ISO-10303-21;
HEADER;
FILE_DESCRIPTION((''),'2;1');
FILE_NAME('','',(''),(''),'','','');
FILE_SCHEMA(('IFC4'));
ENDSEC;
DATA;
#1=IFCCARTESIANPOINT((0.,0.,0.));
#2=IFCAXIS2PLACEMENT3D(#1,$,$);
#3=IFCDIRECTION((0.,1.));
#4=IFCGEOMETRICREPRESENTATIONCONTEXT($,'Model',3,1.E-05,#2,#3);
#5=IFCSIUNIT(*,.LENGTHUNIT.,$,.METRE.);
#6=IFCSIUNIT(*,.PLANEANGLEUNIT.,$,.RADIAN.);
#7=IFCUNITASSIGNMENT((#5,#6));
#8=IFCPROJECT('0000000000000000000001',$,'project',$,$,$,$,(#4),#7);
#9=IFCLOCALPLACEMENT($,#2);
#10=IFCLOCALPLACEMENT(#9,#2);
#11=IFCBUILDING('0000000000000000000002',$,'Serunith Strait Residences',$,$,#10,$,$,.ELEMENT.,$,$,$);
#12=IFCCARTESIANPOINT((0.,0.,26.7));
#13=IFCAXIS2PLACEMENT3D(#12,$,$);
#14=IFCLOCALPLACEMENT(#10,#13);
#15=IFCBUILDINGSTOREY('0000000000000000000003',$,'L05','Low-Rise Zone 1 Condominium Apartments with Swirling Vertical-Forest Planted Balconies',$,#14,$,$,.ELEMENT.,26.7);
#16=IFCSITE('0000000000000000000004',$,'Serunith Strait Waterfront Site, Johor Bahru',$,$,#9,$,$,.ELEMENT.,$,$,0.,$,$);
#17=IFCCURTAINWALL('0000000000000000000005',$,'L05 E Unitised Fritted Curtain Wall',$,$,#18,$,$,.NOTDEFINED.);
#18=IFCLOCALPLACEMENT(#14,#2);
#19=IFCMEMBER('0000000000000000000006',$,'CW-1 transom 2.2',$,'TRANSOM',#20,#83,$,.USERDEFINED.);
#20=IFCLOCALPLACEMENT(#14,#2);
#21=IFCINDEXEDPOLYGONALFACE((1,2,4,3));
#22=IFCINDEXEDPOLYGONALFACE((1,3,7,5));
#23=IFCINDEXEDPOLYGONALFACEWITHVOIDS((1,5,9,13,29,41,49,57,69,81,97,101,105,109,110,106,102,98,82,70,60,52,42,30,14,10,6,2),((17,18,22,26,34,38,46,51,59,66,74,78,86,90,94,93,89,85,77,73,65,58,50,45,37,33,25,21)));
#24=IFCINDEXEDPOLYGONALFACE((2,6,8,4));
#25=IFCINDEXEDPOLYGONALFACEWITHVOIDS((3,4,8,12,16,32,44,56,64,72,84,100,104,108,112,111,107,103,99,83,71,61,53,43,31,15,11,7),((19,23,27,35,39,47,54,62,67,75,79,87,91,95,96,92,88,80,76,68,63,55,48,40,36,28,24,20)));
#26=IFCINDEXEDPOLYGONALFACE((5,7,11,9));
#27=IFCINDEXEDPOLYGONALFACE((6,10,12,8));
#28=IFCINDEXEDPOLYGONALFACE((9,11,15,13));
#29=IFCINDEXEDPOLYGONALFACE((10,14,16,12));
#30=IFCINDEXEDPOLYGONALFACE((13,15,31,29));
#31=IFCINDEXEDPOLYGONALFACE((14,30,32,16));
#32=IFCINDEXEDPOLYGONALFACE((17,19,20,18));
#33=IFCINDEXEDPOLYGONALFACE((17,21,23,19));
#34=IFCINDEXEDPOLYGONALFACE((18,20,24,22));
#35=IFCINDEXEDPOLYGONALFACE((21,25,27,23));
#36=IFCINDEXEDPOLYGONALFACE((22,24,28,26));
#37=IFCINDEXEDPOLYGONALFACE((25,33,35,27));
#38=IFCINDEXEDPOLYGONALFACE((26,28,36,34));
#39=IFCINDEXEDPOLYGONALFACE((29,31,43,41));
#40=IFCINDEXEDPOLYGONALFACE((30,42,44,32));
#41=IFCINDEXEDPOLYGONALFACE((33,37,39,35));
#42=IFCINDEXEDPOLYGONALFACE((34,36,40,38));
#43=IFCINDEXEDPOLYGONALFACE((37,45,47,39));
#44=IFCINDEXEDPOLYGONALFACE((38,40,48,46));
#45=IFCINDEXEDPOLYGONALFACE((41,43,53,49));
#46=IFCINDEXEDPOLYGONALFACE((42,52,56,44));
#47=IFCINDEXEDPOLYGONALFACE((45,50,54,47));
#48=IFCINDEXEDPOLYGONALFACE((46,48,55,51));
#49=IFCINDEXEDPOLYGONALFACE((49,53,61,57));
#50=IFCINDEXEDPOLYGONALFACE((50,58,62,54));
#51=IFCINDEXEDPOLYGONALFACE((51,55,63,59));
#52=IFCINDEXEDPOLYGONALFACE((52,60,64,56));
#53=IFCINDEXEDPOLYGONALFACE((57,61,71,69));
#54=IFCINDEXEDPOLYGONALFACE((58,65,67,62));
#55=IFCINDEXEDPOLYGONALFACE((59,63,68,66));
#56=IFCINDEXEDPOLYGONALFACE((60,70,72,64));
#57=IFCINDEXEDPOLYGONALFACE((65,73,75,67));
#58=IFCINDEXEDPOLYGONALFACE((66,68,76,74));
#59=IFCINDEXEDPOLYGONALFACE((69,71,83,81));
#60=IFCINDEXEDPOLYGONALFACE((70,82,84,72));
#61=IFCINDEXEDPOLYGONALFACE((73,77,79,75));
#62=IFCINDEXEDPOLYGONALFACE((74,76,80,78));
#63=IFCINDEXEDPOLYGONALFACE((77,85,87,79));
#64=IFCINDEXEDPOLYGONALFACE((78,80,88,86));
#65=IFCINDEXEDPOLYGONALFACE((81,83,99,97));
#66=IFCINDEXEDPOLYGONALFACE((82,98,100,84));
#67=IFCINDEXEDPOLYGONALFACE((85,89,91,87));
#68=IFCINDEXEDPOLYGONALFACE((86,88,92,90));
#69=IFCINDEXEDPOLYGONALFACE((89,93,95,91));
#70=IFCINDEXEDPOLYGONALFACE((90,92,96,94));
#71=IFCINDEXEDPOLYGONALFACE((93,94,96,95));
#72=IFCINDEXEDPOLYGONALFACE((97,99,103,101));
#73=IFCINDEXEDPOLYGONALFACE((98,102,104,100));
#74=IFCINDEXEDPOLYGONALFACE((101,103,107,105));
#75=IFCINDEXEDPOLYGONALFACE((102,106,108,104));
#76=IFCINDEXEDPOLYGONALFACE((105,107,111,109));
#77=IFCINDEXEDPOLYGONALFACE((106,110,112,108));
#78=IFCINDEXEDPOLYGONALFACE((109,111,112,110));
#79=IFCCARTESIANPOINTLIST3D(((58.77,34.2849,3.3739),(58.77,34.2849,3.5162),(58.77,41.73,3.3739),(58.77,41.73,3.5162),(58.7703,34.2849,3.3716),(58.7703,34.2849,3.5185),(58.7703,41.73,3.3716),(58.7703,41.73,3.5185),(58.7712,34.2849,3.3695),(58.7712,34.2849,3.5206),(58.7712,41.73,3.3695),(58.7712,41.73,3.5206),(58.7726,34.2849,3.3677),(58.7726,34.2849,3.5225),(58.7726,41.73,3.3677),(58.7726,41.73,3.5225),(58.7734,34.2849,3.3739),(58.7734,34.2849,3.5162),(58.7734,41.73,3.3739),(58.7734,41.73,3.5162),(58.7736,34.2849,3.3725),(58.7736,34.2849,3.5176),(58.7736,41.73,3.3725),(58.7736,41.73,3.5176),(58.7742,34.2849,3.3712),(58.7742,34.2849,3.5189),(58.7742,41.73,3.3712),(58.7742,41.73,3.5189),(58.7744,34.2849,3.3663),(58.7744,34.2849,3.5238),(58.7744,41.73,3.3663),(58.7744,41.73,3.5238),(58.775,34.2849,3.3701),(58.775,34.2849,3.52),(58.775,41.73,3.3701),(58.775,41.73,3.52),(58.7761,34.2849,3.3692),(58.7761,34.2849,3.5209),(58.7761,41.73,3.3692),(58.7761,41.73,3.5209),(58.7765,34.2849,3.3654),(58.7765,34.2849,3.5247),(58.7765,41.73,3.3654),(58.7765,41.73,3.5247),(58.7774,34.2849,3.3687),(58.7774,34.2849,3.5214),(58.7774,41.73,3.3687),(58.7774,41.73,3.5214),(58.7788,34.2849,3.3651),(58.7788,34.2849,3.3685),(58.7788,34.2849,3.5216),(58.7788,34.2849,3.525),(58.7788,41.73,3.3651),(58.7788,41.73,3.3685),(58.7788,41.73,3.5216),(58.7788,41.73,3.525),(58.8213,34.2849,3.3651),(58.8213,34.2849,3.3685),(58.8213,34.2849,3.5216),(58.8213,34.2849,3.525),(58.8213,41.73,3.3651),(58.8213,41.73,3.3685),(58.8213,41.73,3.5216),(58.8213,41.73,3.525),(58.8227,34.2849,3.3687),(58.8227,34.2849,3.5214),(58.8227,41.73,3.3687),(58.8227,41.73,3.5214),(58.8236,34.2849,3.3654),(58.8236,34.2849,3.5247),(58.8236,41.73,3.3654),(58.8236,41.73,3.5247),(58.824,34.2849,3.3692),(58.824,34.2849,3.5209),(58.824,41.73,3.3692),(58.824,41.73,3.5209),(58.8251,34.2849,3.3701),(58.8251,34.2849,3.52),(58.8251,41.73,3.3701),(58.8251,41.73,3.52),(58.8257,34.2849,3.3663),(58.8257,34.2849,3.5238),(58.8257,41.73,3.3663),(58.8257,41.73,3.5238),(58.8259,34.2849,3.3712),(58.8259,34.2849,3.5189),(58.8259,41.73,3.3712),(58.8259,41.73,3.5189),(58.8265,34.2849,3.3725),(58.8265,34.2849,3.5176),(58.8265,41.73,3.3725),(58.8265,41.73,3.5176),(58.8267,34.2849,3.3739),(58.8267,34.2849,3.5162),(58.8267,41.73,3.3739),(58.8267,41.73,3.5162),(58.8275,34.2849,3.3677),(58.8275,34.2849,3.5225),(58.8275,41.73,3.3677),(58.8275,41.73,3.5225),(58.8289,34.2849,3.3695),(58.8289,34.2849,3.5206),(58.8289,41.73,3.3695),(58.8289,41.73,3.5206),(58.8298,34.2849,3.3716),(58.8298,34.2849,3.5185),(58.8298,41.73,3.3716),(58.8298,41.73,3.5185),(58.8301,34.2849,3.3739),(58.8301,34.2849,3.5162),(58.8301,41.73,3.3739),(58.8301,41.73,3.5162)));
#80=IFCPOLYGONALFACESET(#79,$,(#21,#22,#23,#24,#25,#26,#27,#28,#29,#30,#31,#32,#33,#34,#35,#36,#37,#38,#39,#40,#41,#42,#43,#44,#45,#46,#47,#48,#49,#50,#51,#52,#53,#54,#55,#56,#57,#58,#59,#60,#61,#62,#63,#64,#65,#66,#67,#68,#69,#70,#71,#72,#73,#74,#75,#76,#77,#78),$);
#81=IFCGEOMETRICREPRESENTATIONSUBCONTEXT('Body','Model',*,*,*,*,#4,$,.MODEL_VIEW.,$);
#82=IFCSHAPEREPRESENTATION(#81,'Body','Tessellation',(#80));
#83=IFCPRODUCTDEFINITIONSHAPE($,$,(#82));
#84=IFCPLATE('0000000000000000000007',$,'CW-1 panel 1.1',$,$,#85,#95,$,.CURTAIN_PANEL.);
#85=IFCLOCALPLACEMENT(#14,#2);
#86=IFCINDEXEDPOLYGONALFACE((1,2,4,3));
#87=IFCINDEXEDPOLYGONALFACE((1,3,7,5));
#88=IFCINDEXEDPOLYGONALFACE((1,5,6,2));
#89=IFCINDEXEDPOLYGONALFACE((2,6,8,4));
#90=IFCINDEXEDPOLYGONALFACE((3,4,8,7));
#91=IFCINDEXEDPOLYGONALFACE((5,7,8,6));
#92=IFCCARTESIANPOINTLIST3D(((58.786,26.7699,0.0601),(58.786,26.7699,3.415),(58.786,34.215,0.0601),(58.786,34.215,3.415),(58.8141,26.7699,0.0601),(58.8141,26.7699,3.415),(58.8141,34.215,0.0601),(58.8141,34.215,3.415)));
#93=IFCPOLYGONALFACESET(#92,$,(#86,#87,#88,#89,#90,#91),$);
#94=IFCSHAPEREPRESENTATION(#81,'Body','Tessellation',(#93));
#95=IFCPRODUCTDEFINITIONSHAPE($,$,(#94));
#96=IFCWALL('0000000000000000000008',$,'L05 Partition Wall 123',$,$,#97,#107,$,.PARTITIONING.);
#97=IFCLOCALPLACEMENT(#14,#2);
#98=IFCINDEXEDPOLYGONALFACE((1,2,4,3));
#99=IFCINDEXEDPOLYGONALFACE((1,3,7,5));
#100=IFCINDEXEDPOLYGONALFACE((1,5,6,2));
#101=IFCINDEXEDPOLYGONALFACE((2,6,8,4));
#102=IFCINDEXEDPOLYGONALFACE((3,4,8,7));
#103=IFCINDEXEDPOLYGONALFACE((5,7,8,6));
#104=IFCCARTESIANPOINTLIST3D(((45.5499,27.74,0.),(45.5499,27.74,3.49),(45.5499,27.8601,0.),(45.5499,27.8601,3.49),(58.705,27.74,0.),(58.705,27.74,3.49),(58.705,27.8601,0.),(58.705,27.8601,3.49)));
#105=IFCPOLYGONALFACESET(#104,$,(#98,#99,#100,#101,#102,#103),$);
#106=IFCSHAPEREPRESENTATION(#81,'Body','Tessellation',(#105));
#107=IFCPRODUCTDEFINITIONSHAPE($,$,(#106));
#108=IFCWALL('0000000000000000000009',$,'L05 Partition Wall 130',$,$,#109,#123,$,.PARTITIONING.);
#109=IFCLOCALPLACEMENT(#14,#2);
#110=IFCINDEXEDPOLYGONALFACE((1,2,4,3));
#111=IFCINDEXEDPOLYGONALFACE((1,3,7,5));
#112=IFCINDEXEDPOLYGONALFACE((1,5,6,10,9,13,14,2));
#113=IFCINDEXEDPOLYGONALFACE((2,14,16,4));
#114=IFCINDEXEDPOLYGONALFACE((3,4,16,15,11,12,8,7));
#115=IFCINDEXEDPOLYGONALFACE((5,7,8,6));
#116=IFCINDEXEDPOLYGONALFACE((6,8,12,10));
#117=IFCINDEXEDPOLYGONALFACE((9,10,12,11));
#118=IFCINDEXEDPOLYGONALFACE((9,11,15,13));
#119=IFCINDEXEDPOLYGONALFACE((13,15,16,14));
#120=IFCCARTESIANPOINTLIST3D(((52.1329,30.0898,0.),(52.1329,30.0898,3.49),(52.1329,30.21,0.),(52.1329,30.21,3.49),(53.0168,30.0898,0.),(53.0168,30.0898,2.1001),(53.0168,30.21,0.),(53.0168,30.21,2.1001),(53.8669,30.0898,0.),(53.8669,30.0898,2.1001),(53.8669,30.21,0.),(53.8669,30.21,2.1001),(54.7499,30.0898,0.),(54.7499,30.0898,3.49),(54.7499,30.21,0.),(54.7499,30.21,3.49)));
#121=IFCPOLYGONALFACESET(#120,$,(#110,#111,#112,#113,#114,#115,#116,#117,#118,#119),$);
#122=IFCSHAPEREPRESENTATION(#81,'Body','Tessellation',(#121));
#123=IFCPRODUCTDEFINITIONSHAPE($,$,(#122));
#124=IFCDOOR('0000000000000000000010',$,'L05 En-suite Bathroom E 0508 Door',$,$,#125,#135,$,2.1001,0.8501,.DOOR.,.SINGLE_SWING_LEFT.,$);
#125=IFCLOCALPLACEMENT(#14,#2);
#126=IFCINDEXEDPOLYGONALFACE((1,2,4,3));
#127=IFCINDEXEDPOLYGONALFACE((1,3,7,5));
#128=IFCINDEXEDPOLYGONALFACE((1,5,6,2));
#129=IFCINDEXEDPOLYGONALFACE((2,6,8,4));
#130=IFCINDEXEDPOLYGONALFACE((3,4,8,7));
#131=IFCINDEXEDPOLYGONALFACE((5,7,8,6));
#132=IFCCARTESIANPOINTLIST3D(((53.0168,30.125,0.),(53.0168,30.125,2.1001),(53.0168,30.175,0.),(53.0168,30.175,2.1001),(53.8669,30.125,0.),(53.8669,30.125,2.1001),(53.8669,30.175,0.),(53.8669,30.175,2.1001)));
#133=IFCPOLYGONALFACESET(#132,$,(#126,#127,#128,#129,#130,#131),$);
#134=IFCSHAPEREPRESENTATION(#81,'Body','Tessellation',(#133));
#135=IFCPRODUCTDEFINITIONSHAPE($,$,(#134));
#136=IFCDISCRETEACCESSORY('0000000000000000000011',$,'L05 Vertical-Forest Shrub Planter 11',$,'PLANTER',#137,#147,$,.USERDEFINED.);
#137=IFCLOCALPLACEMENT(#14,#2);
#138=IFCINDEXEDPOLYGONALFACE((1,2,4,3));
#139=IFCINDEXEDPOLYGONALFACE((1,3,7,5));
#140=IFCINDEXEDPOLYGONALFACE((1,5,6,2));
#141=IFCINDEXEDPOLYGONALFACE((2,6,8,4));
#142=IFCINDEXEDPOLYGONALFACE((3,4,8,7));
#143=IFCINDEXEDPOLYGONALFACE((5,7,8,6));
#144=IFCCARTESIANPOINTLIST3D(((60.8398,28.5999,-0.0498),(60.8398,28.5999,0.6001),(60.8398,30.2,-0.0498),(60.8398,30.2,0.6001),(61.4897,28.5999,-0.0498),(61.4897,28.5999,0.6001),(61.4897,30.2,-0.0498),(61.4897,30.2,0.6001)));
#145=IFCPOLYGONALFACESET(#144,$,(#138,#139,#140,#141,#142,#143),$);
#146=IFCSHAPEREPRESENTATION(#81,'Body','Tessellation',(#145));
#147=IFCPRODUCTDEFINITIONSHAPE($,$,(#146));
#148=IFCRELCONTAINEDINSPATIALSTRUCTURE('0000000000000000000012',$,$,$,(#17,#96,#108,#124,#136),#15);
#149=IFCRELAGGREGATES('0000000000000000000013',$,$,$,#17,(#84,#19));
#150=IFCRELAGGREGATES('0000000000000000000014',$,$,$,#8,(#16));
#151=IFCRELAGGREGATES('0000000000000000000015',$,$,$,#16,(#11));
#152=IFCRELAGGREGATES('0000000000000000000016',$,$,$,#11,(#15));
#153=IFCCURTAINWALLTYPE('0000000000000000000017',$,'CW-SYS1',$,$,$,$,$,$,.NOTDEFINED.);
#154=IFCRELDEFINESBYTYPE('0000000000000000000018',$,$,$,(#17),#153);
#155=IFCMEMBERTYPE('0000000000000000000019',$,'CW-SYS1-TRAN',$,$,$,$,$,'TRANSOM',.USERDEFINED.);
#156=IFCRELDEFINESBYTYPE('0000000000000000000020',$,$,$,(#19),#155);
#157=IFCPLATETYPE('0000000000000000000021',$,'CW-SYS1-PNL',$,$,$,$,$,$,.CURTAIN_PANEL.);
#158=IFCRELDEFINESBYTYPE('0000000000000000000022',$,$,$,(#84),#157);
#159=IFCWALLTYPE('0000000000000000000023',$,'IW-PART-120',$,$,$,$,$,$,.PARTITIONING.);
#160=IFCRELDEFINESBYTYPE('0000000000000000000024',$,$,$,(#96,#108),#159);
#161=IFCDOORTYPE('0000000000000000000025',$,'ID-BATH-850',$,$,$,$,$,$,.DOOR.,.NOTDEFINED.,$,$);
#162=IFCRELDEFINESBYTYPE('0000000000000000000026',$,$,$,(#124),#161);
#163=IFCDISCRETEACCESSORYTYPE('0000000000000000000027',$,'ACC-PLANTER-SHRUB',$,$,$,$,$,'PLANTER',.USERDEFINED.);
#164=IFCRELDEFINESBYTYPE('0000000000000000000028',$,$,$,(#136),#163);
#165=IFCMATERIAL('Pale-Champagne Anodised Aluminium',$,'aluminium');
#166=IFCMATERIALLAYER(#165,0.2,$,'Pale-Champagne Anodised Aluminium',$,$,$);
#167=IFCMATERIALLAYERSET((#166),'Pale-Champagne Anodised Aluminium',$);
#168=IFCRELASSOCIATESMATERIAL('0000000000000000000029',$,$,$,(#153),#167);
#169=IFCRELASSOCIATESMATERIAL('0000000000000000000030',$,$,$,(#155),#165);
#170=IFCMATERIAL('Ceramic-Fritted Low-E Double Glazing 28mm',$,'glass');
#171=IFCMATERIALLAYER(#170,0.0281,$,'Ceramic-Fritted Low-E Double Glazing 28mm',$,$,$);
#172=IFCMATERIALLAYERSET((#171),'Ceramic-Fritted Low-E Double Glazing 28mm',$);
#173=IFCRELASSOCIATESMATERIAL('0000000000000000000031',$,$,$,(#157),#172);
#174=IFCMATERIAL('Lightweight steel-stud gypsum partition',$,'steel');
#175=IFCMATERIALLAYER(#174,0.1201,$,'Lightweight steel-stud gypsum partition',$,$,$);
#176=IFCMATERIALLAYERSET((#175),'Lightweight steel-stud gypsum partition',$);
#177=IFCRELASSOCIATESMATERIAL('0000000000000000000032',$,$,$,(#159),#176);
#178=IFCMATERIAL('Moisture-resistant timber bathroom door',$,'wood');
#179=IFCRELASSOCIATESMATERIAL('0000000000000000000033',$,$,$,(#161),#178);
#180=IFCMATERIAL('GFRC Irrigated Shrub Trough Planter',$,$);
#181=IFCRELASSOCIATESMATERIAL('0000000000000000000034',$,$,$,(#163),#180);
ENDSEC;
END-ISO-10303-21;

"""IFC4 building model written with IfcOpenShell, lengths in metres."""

from ifc_helpers import new_model, si_unit, direction, frame, frame_2d, origin, origin_2d, place, context, subcontext, project, spatial, rectangle, hollow_rectangle, extrude, source, transform, mapped, material, layer, layer_set, material_profile, profile_set, type_object, element, fill, aggregate, save


model = new_model("IFC4")

# Units and contexts
model_context = context("Model", 3, precision=1e-05, world=origin(), true_north=direction((0.0, 1.0)))
body_context = subcontext(model_context, "Body", "Model", "MODEL_VIEW")
ifc_project = project(units=[si_unit("LENGTHUNIT", "METRE"), si_unit("PLANEANGLEUNIT", "RADIAN")], contexts=[model_context])

# Site, building, storey
site_placement = place(None, origin())
site = spatial("IfcSite", under=ifc_project, at=site_placement, Name="Serunith Strait Waterfront Site, Johor Bahru", CompositionType="ELEMENT", RefElevation=0.0)
building_placement = place(site_placement, origin())
building = spatial("IfcBuilding", under=site, at=building_placement, Name="Serunith Strait Residences", CompositionType="ELEMENT")
storey_placement = place(building_placement, frame((0.0, 0.0, 26.7)))
storey = spatial("IfcBuildingStorey", under=building, at=storey_placement, Name="L05", Description="Low-Rise Zone 1 Condominium Apartments with Swirling Vertical-Forest Planted Balconies", CompositionType="ELEMENT", Elevation=26.7)

# Curtain wall, member, plate
ifc_material_1 = material(Name="Pale-Champagne Anodised Aluminium", Category="aluminium")
ifc_layer_1 = layer(ifc_material_1, 0.2, Name="Pale-Champagne Anodised Aluminium")
ifc_layer_set_1 = layer_set([ifc_layer_1], Name="Pale-Champagne Anodised Aluminium")
curtain_wall_type = type_object("IfcCurtainWallType", Name="CW-SYS1", PredefinedType="NOTDEFINED", material=ifc_layer_set_1)
curtain_wall_placement = place(storey_placement, origin())
curtain_wall = element("IfcCurtainWall", 1, at=curtain_wall_placement, inside=storey, type_object=curtain_wall_type, Name="L05 E Unitised Fritted Curtain Wall", PredefinedType="NOTDEFINED")
ifc_material_profile_1 = material_profile(ifc_material_1, hollow_rectangle(XDim=0.0601, YDim=0.1599, WallThickness=0.0034, InnerFilletRadius=0.0054, OuterFilletRadius=0.0088, at=origin_2d()), Name="ALU 160x60x3.5")
ifc_profile_set_1 = profile_set([ifc_material_profile_1], Name="Pale-Champagne Anodised Aluminium")
member_type_1 = type_object("IfcMemberType", Name="CW-SYS1-TRAN", ElementType="TRANSOM", PredefinedType="USERDEFINED", material=ifc_profile_set_1)
shared_shape_1 = source(origin(), body_context, "Body", "SweptSolid", [
    extrude(hollow_rectangle(XDim=0.0601, YDim=0.1599, WallThickness=0.0034, InnerFilletRadius=0.0054, OuterFilletRadius=0.0088, at=origin_2d()), origin(), (0.0, 0.0, 1.0), 7.4451),
])
member_1_placement = place(storey_placement, frame((58.8, 34.2849, 3.4451), z_axis=(0.0, 1.0, 0.0), x_axis=(-1.0, 0.0, 0.0)))
member_1 = element("IfcMember", 2, at=member_1_placement, type_object=member_type_1, Name="CW-1 transom 2.2", ObjectType="TRANSOM", PredefinedType="USERDEFINED", context=body_context, shape_type="MappedRepresentation", body=[
    mapped(shared_shape_1, transform((0.0, 0.0, 0.0), scale=1.0)),
])
ifc_material_2 = material(Name="Ceramic-Fritted Low-E Double Glazing 28mm", Category="glass")
ifc_layer_2 = layer(ifc_material_2, 0.0281, Name="Ceramic-Fritted Low-E Double Glazing 28mm")
ifc_layer_set_2 = layer_set([ifc_layer_2], Name="Ceramic-Fritted Low-E Double Glazing 28mm")
plate_type = type_object("IfcPlateType", Name="CW-SYS1-PNL", PredefinedType="CURTAIN_PANEL", material=ifc_layer_set_2)
shared_shape_2 = source(origin(), body_context, "Body", "SweptSolid", [
    extrude(rectangle(XDim=7.4451, YDim=0.0281, at=origin_2d()), origin(), (0.0, 0.0, 1.0), 3.355),
])
plate_placement = place(storey_placement, frame((58.8, 30.4924, 0.0601), z_axis=(0.0, 0.0, 1.0), x_axis=(0.0, 1.0, 0.0)))
plate = element("IfcPlate", 3, at=plate_placement, type_object=plate_type, Name="CW-1 panel 1.1", PredefinedType="CURTAIN_PANEL", context=body_context, shape_type="MappedRepresentation", body=[
    mapped(shared_shape_2, transform((0.0, 0.0, 0.0), scale=1.0)),
])
aggregate(curtain_wall, [plate, member_1])

# Wall
ifc_material_3 = material(Name="Lightweight steel-stud gypsum partition", Category="steel")
ifc_layer_3 = layer(ifc_material_3, 0.1201, Name="Lightweight steel-stud gypsum partition")
ifc_layer_set_3 = layer_set([ifc_layer_3], Name="Lightweight steel-stud gypsum partition")
wall_type = type_object("IfcWallType", Name="IW-PART-120", PredefinedType="PARTITIONING", material=ifc_layer_set_3)
wall_1_placement = place(storey_placement, frame((58.7051, 27.8, 0.0), z_axis=(0.0, 0.0, 1.0), x_axis=(-1.0, 0.0, 0.0)))
element("IfcWall", 4, at=wall_1_placement, inside=storey, type_object=wall_type, Name="L05 Partition Wall 123", PredefinedType="PARTITIONING", context=body_context, shape_type="SweptSolid", body=[
    extrude(rectangle(XDim=13.155, YDim=0.1201, at=frame_2d((6.5776, 0.0))), origin(), (0.0, 0.0, 1.0), 3.49),
])

# Wall, opening, door
wall_2_placement = place(storey_placement, frame((54.75, 30.1499, 0.0), z_axis=(0.0, 0.0, 1.0), x_axis=(-1.0, 0.0, 0.0)))
wall_2 = element("IfcWall", 5, at=wall_2_placement, inside=storey, type_object=wall_type, Name="L05 Partition Wall 130", PredefinedType="PARTITIONING", context=body_context, shape_type="SweptSolid", body=[
    extrude(rectangle(XDim=2.6169, YDim=0.1201, at=frame_2d((1.3086, 0.0))), origin(), (0.0, 0.0, 1.0), 3.49),
])
opening_placement = place(wall_2_placement, frame((0.8831, 0.0, 0.0)))
opening = element("IfcOpeningElement", 6, at=opening_placement, cuts=wall_2, PredefinedType="OPENING", context=body_context, shape_type="SweptSolid", body=[
    extrude(rectangle(XDim=0.8501, YDim=2.1001, at=frame_2d((0.425, 1.05))), frame((0.0, 0.0701, 0.0), z_axis=(0.0, -1.0, 0.0), x_axis=(1.0, 0.0, 0.0)), (0.0, 0.0, 1.0), 0.1401),
])
ifc_material_4 = material(Name="Moisture-resistant timber bathroom door", Category="wood")
door_type = type_object("IfcDoorType", Name="ID-BATH-850", OperationType="NOTDEFINED", PredefinedType="DOOR", material=ifc_material_4)
shared_shape_3 = source(origin(), body_context, "Body", "SweptSolid", [
    extrude(rectangle(XDim=0.8501, YDim=2.1001, at=frame_2d((0.425, 1.05))), frame((0.0, 0.0249, 0.0), z_axis=(0.0, -1.0, 0.0), x_axis=(1.0, 0.0, 0.0)), (0.0, 0.0, 1.0), 0.05),
])
door_placement = place(opening_placement, origin())
door = element("IfcDoor", 7, at=door_placement, inside=storey, type_object=door_type, Name="L05 En-suite Bathroom E 0508 Door", OperationType="SINGLE_SWING_LEFT", OverallHeight=2.1001, OverallWidth=0.8501, PredefinedType="DOOR", context=body_context, shape_type="MappedRepresentation", body=[
    mapped(shared_shape_3, transform((0.0, 0.0, 0.0), scale=1.0)),
])
fill(opening, door)

# Discrete accessory
ifc_material_5 = material(Name="GFRC Irrigated Shrub Trough Planter")
discrete_accessory_type = type_object("IfcDiscreteAccessoryType", Name="ACC-PLANTER-SHRUB", ElementType="PLANTER", PredefinedType="USERDEFINED", material=ifc_material_5)
shared_shape_4 = source(origin(), body_context, "Body", "SweptSolid", [
    extrude(rectangle(XDim=1.6001, YDim=0.6499, at=origin_2d()), origin(), (0.0, 0.0, 1.0), 0.6499),
])
discrete_accessory_placement = place(storey_placement, frame((61.1648, 29.3999, -0.0498), z_axis=(0.0, 0.0, 1.0), x_axis=(0.0, 1.0, 0.0)))
element("IfcDiscreteAccessory", 8, at=discrete_accessory_placement, inside=storey, type_object=discrete_accessory_type, Name="L05 Vertical-Forest Shrub Planter 11", ObjectType="PLANTER", PredefinedType="USERDEFINED", context=body_context, shape_type="MappedRepresentation", body=[
    mapped(shared_shape_4, transform((0.0, 0.0, 0.0), scale=1.0)),
])

save(model, "model.ifc")
